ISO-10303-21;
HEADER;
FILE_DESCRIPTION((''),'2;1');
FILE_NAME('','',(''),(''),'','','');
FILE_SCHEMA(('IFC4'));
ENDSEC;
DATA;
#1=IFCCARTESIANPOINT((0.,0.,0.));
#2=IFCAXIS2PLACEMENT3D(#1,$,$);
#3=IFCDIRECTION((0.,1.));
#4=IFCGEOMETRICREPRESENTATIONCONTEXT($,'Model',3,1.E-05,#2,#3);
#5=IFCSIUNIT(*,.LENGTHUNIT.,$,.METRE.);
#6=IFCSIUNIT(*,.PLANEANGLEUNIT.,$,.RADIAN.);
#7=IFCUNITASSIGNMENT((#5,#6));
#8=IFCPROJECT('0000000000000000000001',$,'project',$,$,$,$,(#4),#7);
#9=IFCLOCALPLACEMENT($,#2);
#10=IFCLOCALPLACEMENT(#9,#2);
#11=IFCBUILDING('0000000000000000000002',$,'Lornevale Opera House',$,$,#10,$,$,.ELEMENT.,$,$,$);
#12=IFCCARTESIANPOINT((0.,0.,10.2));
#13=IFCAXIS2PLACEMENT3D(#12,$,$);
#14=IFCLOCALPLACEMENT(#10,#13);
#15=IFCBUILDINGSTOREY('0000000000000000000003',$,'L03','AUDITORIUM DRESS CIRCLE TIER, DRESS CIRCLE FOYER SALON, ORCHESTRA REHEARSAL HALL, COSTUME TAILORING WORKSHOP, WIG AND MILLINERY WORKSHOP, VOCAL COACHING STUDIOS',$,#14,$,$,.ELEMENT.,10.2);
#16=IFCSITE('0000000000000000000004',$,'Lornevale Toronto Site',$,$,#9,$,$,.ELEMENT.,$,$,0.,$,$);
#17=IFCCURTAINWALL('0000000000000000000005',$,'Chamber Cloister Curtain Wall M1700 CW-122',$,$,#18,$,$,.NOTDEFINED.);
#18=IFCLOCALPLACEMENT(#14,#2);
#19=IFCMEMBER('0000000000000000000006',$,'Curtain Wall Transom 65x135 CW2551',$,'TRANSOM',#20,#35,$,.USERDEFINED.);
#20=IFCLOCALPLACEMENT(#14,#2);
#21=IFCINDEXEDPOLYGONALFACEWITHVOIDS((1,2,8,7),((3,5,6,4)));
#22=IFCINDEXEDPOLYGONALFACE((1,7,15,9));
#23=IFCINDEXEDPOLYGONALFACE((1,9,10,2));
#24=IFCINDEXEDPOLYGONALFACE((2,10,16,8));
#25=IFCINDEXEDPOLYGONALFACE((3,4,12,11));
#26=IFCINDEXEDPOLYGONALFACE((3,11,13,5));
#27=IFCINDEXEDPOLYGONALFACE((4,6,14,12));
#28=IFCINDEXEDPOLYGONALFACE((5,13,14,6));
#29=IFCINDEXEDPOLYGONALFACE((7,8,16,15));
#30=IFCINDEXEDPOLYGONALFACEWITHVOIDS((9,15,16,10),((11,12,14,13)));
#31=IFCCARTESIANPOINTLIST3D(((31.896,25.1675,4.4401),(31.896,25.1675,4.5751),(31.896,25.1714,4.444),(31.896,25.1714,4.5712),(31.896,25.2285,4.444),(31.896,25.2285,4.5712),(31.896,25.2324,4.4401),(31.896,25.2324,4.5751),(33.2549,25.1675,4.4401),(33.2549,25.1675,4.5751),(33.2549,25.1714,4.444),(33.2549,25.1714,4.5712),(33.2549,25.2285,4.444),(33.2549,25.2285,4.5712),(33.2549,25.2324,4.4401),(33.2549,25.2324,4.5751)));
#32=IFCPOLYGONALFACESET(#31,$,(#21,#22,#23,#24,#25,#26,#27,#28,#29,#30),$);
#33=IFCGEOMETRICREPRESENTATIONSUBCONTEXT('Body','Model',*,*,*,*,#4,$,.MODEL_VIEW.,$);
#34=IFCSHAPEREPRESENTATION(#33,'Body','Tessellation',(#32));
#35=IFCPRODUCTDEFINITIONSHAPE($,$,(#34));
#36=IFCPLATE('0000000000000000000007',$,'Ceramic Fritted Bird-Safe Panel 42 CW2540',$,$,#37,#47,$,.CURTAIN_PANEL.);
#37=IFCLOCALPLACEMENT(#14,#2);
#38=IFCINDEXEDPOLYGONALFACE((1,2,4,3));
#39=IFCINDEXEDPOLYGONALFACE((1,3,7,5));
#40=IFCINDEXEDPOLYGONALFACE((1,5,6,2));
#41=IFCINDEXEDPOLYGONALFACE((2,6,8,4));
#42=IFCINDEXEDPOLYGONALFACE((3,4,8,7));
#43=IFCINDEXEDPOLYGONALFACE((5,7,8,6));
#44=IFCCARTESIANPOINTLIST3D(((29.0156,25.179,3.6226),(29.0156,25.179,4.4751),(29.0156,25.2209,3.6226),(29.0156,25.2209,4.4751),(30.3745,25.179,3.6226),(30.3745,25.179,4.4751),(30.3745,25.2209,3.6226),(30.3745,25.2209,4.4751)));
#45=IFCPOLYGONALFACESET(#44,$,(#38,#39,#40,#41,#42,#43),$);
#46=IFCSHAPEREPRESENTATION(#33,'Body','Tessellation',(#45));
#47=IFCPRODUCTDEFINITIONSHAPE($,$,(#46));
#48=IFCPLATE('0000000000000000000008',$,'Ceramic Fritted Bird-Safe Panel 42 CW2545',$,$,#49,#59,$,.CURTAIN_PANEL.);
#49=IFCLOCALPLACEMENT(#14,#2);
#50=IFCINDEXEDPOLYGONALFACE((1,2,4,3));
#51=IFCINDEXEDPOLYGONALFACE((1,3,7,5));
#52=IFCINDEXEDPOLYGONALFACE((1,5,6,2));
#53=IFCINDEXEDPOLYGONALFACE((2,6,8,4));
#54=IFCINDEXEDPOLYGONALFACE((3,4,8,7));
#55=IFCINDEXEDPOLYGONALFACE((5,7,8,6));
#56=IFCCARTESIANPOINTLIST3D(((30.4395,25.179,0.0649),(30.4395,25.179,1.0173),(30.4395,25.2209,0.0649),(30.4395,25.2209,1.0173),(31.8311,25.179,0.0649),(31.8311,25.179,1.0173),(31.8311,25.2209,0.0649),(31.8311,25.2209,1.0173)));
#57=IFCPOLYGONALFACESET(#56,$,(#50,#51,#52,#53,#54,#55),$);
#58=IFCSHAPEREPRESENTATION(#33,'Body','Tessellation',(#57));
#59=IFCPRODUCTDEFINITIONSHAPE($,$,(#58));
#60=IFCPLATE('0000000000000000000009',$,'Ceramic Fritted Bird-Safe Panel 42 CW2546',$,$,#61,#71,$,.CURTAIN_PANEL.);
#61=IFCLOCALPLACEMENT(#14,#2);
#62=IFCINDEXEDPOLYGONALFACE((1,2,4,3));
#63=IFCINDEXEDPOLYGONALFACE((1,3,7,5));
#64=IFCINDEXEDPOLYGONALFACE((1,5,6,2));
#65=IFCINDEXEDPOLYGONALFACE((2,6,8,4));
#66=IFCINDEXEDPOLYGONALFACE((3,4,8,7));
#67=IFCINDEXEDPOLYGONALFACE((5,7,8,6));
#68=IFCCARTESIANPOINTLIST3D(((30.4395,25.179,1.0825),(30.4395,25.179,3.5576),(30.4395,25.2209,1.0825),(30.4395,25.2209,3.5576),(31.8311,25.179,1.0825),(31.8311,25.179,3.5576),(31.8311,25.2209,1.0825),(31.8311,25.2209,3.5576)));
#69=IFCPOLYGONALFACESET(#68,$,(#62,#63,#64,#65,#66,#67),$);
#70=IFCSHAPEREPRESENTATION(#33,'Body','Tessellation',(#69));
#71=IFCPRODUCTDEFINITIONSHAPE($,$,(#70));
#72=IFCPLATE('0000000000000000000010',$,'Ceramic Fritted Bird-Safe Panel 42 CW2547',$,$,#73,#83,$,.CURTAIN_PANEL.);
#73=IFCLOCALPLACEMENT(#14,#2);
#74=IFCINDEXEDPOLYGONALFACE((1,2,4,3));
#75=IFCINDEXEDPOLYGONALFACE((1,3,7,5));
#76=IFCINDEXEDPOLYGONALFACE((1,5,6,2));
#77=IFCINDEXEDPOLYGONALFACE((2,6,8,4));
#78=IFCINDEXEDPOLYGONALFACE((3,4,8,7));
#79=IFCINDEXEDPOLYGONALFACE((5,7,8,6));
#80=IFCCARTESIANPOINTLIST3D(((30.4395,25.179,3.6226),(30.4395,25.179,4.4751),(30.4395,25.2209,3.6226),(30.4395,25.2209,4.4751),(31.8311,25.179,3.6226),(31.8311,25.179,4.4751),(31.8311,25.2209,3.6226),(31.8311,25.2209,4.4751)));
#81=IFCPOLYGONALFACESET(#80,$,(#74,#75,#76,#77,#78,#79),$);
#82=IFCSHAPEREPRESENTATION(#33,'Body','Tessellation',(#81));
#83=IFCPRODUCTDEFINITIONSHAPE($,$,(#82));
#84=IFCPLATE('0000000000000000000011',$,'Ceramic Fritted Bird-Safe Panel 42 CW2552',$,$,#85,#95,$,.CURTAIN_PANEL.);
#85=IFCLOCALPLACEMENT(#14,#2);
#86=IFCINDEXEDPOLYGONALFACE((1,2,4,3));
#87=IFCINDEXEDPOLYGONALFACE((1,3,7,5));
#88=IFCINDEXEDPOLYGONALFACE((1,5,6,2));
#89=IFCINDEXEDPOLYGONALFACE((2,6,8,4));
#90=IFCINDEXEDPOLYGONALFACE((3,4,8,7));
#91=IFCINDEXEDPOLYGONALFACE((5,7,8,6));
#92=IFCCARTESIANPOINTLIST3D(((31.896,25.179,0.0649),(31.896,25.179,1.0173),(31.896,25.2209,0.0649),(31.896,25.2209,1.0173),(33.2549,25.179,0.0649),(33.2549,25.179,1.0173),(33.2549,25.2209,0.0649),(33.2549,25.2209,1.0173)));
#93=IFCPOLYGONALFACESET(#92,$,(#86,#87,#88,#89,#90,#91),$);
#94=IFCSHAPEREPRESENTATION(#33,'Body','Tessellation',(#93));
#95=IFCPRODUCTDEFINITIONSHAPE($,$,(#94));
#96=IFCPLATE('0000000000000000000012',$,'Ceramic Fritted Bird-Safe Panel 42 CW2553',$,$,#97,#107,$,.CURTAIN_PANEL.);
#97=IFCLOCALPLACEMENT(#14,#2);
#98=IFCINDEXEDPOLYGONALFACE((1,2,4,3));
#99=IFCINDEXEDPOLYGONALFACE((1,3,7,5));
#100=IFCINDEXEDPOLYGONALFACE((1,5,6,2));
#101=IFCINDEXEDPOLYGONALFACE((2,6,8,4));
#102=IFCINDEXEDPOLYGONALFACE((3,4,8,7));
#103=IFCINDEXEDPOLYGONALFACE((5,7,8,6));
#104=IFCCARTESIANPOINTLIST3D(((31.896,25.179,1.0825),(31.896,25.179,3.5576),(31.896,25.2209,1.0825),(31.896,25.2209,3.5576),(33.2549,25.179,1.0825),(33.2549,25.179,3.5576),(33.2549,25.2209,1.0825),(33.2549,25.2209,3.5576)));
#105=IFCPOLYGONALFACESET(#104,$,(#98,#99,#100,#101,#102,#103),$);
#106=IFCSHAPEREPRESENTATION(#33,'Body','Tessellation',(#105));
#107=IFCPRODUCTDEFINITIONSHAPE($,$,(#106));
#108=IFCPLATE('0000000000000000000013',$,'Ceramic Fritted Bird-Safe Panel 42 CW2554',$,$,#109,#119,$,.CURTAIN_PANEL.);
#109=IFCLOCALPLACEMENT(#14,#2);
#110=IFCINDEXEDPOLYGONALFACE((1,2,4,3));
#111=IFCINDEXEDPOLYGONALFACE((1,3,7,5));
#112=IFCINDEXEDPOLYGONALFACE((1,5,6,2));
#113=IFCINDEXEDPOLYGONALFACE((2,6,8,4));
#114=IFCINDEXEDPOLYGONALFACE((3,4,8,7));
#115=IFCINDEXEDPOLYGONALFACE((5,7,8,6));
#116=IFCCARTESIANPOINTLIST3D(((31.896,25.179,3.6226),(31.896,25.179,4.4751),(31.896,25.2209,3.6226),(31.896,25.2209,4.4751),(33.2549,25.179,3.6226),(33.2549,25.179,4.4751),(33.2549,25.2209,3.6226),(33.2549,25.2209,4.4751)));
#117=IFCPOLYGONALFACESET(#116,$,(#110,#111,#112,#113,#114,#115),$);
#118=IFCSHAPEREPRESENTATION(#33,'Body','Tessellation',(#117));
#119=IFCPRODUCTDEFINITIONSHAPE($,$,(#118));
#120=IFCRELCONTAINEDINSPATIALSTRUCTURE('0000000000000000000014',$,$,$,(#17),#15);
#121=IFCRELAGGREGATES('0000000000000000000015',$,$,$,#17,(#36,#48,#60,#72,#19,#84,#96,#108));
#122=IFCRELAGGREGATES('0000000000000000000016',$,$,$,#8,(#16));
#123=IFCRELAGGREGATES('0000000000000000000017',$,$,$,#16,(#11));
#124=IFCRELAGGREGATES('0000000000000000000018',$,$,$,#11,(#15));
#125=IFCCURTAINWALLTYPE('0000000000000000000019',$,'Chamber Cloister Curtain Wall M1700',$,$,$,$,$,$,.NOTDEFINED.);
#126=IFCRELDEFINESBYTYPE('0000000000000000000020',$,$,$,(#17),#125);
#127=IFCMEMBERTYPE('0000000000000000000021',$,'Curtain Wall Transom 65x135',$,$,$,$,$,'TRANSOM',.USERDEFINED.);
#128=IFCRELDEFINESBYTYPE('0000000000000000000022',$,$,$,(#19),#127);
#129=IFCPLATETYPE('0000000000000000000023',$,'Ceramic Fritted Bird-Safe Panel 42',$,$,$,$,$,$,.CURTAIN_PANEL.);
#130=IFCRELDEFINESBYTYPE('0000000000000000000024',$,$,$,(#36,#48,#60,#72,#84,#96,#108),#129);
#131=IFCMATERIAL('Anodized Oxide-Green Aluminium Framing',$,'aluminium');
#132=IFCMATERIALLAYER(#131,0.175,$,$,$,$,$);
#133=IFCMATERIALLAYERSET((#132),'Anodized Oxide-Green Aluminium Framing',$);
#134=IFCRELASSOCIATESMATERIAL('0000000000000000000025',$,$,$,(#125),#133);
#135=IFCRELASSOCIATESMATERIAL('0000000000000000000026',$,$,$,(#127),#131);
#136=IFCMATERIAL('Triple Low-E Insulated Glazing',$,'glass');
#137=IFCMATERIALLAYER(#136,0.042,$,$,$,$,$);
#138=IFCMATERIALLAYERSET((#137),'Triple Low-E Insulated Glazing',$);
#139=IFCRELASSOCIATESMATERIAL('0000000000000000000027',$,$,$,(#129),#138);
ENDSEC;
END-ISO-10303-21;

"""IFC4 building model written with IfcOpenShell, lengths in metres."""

from ifc_helpers import new_model, si_unit, direction, frame, origin, origin_2d, place, context, subcontext, project, spatial, rectangle, hollow_rectangle, extrude, material, layer, layer_set, material_profile, profile_set, type_object, element, aggregate, save


model = new_model("IFC4")

# Units and contexts
model_context = context("Model", 3, precision=1e-05, world=origin(), true_north=direction((0.0, 1.0)))
body_context = subcontext(model_context, "Body", "Model", "MODEL_VIEW")
ifc_project = project(units=[si_unit("LENGTHUNIT", "METRE"), si_unit("PLANEANGLEUNIT", "RADIAN")], contexts=[model_context])

# Site, building, storey
site_placement = place(None, origin())
site = spatial("IfcSite", under=ifc_project, at=site_placement, Name="Lornevale Toronto Site", CompositionType="ELEMENT", RefElevation=0.0)
building_placement = place(site_placement, origin())
building = spatial("IfcBuilding", under=site, at=building_placement, Name="Lornevale Opera House", CompositionType="ELEMENT")
storey_placement = place(building_placement, frame((0.0, 0.0, 10.2)))
storey = spatial("IfcBuildingStorey", under=building, at=storey_placement, Name="L03", Description="AUDITORIUM DRESS CIRCLE TIER, DRESS CIRCLE FOYER SALON, ORCHESTRA REHEARSAL HALL, COSTUME TAILORING WORKSHOP, WIG AND MILLINERY WORKSHOP, VOCAL COACHING STUDIOS", CompositionType="ELEMENT", Elevation=10.2)

# Curtain wall
ifc_material_1 = material(Name="Anodized Oxide-Green Aluminium Framing", Category="aluminium")
ifc_layer_1 = layer(ifc_material_1, 0.175)
ifc_layer_set_1 = layer_set([ifc_layer_1], Name="Anodized Oxide-Green Aluminium Framing")
curtain_wall_type = type_object("IfcCurtainWallType", Name="Chamber Cloister Curtain Wall M1700", PredefinedType="NOTDEFINED", material=ifc_layer_set_1)
curtain_wall_1_placement = place(storey_placement, origin())
curtain_wall_1 = element("IfcCurtainWall", 1, at=curtain_wall_1_placement, inside=storey, type_object=curtain_wall_type, Name="Chamber Cloister Curtain Wall M1700 CW-122", PredefinedType="NOTDEFINED")

# Member
ifc_material_profile_1 = material_profile(ifc_material_1, hollow_rectangle(XDim=0.0649, YDim=0.135, WallThickness=0.0039, at=origin_2d()), Name="ALU65x135x4")
ifc_profile_set_1 = profile_set([ifc_material_profile_1], Name="Anodized Oxide-Green Aluminium Framing")
member_type_1 = type_object("IfcMemberType", Name="Curtain Wall Transom 65x135", ElementType="TRANSOM", PredefinedType="USERDEFINED", material=ifc_profile_set_1)
member_1_placement = place(storey_placement, frame((31.896, 25.2, 4.5076), z_axis=(1.0, 0.0, 0.0), x_axis=(0.0, 1.0, 0.0)))
member_1 = element("IfcMember", 2, at=member_1_placement, type_object=member_type_1, Name="Curtain Wall Transom 65x135 CW2551", ObjectType="TRANSOM", PredefinedType="USERDEFINED", context=body_context, shape_type="SweptSolid", body=[
    extrude(hollow_rectangle(XDim=0.0649, YDim=0.135, WallThickness=0.0039, at=origin_2d()), origin(), (0.0, 0.0, 1.0), 1.3589),
])

# Plates
ifc_material_2 = material(Name="Triple Low-E Insulated Glazing", Category="glass")
ifc_layer_2 = layer(ifc_material_2, 0.042)
ifc_layer_set_2 = layer_set([ifc_layer_2], Name="Triple Low-E Insulated Glazing")
plate_type = type_object("IfcPlateType", Name="Ceramic Fritted Bird-Safe Panel 42", PredefinedType="CURTAIN_PANEL", material=ifc_layer_set_2)
plate_1_placement = place(storey_placement, frame((29.6951, 25.2, 3.6226), z_axis=(0.0, 0.0, 1.0), x_axis=(1.0, 0.0, 0.0)))
plate_1 = element("IfcPlate", 3, at=plate_1_placement, type_object=plate_type, Name="Ceramic Fritted Bird-Safe Panel 42 CW2540", PredefinedType="CURTAIN_PANEL", context=body_context, shape_type="SweptSolid", body=[
    extrude(rectangle(XDim=1.3589, YDim=0.042, at=origin_2d()), origin(), (0.0, 0.0, 1.0), 0.8525),
])
plate_2_placement = place(storey_placement, frame((31.1353, 25.2, 0.0649), z_axis=(0.0, 0.0, 1.0), x_axis=(1.0, 0.0, 0.0)))
plate_2 = element("IfcPlate", 4, at=plate_2_placement, type_object=plate_type, Name="Ceramic Fritted Bird-Safe Panel 42 CW2545", PredefinedType="CURTAIN_PANEL", context=body_context, shape_type="SweptSolid", body=[
    extrude(rectangle(XDim=1.3916, YDim=0.042, at=origin_2d()), origin(), (0.0, 0.0, 1.0), 0.9524),
])
plate_3_placement = place(storey_placement, frame((31.1353, 25.2, 1.0825), z_axis=(0.0, 0.0, 1.0), x_axis=(1.0, 0.0, 0.0)))
plate_3 = element("IfcPlate", 5, at=plate_3_placement, type_object=plate_type, Name="Ceramic Fritted Bird-Safe Panel 42 CW2546", PredefinedType="CURTAIN_PANEL", context=body_context, shape_type="SweptSolid", body=[
    extrude(rectangle(XDim=1.3916, YDim=0.042, at=origin_2d()), origin(), (0.0, 0.0, 1.0), 2.4751),
])
plate_4_placement = place(storey_placement, frame((31.1353, 25.2, 3.6226), z_axis=(0.0, 0.0, 1.0), x_axis=(1.0, 0.0, 0.0)))
plate_4 = element("IfcPlate", 6, at=plate_4_placement, type_object=plate_type, Name="Ceramic Fritted Bird-Safe Panel 42 CW2547", PredefinedType="CURTAIN_PANEL", context=body_context, shape_type="SweptSolid", body=[
    extrude(rectangle(XDim=1.3916, YDim=0.042, at=origin_2d()), origin(), (0.0, 0.0, 1.0), 0.8525),
])
plate_5_placement = place(storey_placement, frame((32.5754, 25.2, 0.0649), z_axis=(0.0, 0.0, 1.0), x_axis=(1.0, 0.0, 0.0)))
plate_5 = element("IfcPlate", 7, at=plate_5_placement, type_object=plate_type, Name="Ceramic Fritted Bird-Safe Panel 42 CW2552", PredefinedType="CURTAIN_PANEL", context=body_context, shape_type="SweptSolid", body=[
    extrude(rectangle(XDim=1.3589, YDim=0.042, at=origin_2d()), origin(), (0.0, 0.0, 1.0), 0.9524),
])
plate_6_placement = place(storey_placement, frame((32.5754, 25.2, 1.0825), z_axis=(0.0, 0.0, 1.0), x_axis=(1.0, 0.0, 0.0)))
plate_6 = element("IfcPlate", 8, at=plate_6_placement, type_object=plate_type, Name="Ceramic Fritted Bird-Safe Panel 42 CW2553", PredefinedType="CURTAIN_PANEL", context=body_context, shape_type="SweptSolid", body=[
    extrude(rectangle(XDim=1.3589, YDim=0.042, at=origin_2d()), origin(), (0.0, 0.0, 1.0), 2.4751),
])
plate_7_placement = place(storey_placement, frame((32.5754, 25.2, 3.6226), z_axis=(0.0, 0.0, 1.0), x_axis=(1.0, 0.0, 0.0)))
plate_7 = element("IfcPlate", 9, at=plate_7_placement, type_object=plate_type, Name="Ceramic Fritted Bird-Safe Panel 42 CW2554", PredefinedType="CURTAIN_PANEL", context=body_context, shape_type="SweptSolid", body=[
    extrude(rectangle(XDim=1.3589, YDim=0.042, at=origin_2d()), origin(), (0.0, 0.0, 1.0), 0.8525),
])
aggregate(curtain_wall_1, [plate_1, plate_2, plate_3, plate_4, member_1, plate_5, plate_6, plate_7])

save(model, "model.ifc")
